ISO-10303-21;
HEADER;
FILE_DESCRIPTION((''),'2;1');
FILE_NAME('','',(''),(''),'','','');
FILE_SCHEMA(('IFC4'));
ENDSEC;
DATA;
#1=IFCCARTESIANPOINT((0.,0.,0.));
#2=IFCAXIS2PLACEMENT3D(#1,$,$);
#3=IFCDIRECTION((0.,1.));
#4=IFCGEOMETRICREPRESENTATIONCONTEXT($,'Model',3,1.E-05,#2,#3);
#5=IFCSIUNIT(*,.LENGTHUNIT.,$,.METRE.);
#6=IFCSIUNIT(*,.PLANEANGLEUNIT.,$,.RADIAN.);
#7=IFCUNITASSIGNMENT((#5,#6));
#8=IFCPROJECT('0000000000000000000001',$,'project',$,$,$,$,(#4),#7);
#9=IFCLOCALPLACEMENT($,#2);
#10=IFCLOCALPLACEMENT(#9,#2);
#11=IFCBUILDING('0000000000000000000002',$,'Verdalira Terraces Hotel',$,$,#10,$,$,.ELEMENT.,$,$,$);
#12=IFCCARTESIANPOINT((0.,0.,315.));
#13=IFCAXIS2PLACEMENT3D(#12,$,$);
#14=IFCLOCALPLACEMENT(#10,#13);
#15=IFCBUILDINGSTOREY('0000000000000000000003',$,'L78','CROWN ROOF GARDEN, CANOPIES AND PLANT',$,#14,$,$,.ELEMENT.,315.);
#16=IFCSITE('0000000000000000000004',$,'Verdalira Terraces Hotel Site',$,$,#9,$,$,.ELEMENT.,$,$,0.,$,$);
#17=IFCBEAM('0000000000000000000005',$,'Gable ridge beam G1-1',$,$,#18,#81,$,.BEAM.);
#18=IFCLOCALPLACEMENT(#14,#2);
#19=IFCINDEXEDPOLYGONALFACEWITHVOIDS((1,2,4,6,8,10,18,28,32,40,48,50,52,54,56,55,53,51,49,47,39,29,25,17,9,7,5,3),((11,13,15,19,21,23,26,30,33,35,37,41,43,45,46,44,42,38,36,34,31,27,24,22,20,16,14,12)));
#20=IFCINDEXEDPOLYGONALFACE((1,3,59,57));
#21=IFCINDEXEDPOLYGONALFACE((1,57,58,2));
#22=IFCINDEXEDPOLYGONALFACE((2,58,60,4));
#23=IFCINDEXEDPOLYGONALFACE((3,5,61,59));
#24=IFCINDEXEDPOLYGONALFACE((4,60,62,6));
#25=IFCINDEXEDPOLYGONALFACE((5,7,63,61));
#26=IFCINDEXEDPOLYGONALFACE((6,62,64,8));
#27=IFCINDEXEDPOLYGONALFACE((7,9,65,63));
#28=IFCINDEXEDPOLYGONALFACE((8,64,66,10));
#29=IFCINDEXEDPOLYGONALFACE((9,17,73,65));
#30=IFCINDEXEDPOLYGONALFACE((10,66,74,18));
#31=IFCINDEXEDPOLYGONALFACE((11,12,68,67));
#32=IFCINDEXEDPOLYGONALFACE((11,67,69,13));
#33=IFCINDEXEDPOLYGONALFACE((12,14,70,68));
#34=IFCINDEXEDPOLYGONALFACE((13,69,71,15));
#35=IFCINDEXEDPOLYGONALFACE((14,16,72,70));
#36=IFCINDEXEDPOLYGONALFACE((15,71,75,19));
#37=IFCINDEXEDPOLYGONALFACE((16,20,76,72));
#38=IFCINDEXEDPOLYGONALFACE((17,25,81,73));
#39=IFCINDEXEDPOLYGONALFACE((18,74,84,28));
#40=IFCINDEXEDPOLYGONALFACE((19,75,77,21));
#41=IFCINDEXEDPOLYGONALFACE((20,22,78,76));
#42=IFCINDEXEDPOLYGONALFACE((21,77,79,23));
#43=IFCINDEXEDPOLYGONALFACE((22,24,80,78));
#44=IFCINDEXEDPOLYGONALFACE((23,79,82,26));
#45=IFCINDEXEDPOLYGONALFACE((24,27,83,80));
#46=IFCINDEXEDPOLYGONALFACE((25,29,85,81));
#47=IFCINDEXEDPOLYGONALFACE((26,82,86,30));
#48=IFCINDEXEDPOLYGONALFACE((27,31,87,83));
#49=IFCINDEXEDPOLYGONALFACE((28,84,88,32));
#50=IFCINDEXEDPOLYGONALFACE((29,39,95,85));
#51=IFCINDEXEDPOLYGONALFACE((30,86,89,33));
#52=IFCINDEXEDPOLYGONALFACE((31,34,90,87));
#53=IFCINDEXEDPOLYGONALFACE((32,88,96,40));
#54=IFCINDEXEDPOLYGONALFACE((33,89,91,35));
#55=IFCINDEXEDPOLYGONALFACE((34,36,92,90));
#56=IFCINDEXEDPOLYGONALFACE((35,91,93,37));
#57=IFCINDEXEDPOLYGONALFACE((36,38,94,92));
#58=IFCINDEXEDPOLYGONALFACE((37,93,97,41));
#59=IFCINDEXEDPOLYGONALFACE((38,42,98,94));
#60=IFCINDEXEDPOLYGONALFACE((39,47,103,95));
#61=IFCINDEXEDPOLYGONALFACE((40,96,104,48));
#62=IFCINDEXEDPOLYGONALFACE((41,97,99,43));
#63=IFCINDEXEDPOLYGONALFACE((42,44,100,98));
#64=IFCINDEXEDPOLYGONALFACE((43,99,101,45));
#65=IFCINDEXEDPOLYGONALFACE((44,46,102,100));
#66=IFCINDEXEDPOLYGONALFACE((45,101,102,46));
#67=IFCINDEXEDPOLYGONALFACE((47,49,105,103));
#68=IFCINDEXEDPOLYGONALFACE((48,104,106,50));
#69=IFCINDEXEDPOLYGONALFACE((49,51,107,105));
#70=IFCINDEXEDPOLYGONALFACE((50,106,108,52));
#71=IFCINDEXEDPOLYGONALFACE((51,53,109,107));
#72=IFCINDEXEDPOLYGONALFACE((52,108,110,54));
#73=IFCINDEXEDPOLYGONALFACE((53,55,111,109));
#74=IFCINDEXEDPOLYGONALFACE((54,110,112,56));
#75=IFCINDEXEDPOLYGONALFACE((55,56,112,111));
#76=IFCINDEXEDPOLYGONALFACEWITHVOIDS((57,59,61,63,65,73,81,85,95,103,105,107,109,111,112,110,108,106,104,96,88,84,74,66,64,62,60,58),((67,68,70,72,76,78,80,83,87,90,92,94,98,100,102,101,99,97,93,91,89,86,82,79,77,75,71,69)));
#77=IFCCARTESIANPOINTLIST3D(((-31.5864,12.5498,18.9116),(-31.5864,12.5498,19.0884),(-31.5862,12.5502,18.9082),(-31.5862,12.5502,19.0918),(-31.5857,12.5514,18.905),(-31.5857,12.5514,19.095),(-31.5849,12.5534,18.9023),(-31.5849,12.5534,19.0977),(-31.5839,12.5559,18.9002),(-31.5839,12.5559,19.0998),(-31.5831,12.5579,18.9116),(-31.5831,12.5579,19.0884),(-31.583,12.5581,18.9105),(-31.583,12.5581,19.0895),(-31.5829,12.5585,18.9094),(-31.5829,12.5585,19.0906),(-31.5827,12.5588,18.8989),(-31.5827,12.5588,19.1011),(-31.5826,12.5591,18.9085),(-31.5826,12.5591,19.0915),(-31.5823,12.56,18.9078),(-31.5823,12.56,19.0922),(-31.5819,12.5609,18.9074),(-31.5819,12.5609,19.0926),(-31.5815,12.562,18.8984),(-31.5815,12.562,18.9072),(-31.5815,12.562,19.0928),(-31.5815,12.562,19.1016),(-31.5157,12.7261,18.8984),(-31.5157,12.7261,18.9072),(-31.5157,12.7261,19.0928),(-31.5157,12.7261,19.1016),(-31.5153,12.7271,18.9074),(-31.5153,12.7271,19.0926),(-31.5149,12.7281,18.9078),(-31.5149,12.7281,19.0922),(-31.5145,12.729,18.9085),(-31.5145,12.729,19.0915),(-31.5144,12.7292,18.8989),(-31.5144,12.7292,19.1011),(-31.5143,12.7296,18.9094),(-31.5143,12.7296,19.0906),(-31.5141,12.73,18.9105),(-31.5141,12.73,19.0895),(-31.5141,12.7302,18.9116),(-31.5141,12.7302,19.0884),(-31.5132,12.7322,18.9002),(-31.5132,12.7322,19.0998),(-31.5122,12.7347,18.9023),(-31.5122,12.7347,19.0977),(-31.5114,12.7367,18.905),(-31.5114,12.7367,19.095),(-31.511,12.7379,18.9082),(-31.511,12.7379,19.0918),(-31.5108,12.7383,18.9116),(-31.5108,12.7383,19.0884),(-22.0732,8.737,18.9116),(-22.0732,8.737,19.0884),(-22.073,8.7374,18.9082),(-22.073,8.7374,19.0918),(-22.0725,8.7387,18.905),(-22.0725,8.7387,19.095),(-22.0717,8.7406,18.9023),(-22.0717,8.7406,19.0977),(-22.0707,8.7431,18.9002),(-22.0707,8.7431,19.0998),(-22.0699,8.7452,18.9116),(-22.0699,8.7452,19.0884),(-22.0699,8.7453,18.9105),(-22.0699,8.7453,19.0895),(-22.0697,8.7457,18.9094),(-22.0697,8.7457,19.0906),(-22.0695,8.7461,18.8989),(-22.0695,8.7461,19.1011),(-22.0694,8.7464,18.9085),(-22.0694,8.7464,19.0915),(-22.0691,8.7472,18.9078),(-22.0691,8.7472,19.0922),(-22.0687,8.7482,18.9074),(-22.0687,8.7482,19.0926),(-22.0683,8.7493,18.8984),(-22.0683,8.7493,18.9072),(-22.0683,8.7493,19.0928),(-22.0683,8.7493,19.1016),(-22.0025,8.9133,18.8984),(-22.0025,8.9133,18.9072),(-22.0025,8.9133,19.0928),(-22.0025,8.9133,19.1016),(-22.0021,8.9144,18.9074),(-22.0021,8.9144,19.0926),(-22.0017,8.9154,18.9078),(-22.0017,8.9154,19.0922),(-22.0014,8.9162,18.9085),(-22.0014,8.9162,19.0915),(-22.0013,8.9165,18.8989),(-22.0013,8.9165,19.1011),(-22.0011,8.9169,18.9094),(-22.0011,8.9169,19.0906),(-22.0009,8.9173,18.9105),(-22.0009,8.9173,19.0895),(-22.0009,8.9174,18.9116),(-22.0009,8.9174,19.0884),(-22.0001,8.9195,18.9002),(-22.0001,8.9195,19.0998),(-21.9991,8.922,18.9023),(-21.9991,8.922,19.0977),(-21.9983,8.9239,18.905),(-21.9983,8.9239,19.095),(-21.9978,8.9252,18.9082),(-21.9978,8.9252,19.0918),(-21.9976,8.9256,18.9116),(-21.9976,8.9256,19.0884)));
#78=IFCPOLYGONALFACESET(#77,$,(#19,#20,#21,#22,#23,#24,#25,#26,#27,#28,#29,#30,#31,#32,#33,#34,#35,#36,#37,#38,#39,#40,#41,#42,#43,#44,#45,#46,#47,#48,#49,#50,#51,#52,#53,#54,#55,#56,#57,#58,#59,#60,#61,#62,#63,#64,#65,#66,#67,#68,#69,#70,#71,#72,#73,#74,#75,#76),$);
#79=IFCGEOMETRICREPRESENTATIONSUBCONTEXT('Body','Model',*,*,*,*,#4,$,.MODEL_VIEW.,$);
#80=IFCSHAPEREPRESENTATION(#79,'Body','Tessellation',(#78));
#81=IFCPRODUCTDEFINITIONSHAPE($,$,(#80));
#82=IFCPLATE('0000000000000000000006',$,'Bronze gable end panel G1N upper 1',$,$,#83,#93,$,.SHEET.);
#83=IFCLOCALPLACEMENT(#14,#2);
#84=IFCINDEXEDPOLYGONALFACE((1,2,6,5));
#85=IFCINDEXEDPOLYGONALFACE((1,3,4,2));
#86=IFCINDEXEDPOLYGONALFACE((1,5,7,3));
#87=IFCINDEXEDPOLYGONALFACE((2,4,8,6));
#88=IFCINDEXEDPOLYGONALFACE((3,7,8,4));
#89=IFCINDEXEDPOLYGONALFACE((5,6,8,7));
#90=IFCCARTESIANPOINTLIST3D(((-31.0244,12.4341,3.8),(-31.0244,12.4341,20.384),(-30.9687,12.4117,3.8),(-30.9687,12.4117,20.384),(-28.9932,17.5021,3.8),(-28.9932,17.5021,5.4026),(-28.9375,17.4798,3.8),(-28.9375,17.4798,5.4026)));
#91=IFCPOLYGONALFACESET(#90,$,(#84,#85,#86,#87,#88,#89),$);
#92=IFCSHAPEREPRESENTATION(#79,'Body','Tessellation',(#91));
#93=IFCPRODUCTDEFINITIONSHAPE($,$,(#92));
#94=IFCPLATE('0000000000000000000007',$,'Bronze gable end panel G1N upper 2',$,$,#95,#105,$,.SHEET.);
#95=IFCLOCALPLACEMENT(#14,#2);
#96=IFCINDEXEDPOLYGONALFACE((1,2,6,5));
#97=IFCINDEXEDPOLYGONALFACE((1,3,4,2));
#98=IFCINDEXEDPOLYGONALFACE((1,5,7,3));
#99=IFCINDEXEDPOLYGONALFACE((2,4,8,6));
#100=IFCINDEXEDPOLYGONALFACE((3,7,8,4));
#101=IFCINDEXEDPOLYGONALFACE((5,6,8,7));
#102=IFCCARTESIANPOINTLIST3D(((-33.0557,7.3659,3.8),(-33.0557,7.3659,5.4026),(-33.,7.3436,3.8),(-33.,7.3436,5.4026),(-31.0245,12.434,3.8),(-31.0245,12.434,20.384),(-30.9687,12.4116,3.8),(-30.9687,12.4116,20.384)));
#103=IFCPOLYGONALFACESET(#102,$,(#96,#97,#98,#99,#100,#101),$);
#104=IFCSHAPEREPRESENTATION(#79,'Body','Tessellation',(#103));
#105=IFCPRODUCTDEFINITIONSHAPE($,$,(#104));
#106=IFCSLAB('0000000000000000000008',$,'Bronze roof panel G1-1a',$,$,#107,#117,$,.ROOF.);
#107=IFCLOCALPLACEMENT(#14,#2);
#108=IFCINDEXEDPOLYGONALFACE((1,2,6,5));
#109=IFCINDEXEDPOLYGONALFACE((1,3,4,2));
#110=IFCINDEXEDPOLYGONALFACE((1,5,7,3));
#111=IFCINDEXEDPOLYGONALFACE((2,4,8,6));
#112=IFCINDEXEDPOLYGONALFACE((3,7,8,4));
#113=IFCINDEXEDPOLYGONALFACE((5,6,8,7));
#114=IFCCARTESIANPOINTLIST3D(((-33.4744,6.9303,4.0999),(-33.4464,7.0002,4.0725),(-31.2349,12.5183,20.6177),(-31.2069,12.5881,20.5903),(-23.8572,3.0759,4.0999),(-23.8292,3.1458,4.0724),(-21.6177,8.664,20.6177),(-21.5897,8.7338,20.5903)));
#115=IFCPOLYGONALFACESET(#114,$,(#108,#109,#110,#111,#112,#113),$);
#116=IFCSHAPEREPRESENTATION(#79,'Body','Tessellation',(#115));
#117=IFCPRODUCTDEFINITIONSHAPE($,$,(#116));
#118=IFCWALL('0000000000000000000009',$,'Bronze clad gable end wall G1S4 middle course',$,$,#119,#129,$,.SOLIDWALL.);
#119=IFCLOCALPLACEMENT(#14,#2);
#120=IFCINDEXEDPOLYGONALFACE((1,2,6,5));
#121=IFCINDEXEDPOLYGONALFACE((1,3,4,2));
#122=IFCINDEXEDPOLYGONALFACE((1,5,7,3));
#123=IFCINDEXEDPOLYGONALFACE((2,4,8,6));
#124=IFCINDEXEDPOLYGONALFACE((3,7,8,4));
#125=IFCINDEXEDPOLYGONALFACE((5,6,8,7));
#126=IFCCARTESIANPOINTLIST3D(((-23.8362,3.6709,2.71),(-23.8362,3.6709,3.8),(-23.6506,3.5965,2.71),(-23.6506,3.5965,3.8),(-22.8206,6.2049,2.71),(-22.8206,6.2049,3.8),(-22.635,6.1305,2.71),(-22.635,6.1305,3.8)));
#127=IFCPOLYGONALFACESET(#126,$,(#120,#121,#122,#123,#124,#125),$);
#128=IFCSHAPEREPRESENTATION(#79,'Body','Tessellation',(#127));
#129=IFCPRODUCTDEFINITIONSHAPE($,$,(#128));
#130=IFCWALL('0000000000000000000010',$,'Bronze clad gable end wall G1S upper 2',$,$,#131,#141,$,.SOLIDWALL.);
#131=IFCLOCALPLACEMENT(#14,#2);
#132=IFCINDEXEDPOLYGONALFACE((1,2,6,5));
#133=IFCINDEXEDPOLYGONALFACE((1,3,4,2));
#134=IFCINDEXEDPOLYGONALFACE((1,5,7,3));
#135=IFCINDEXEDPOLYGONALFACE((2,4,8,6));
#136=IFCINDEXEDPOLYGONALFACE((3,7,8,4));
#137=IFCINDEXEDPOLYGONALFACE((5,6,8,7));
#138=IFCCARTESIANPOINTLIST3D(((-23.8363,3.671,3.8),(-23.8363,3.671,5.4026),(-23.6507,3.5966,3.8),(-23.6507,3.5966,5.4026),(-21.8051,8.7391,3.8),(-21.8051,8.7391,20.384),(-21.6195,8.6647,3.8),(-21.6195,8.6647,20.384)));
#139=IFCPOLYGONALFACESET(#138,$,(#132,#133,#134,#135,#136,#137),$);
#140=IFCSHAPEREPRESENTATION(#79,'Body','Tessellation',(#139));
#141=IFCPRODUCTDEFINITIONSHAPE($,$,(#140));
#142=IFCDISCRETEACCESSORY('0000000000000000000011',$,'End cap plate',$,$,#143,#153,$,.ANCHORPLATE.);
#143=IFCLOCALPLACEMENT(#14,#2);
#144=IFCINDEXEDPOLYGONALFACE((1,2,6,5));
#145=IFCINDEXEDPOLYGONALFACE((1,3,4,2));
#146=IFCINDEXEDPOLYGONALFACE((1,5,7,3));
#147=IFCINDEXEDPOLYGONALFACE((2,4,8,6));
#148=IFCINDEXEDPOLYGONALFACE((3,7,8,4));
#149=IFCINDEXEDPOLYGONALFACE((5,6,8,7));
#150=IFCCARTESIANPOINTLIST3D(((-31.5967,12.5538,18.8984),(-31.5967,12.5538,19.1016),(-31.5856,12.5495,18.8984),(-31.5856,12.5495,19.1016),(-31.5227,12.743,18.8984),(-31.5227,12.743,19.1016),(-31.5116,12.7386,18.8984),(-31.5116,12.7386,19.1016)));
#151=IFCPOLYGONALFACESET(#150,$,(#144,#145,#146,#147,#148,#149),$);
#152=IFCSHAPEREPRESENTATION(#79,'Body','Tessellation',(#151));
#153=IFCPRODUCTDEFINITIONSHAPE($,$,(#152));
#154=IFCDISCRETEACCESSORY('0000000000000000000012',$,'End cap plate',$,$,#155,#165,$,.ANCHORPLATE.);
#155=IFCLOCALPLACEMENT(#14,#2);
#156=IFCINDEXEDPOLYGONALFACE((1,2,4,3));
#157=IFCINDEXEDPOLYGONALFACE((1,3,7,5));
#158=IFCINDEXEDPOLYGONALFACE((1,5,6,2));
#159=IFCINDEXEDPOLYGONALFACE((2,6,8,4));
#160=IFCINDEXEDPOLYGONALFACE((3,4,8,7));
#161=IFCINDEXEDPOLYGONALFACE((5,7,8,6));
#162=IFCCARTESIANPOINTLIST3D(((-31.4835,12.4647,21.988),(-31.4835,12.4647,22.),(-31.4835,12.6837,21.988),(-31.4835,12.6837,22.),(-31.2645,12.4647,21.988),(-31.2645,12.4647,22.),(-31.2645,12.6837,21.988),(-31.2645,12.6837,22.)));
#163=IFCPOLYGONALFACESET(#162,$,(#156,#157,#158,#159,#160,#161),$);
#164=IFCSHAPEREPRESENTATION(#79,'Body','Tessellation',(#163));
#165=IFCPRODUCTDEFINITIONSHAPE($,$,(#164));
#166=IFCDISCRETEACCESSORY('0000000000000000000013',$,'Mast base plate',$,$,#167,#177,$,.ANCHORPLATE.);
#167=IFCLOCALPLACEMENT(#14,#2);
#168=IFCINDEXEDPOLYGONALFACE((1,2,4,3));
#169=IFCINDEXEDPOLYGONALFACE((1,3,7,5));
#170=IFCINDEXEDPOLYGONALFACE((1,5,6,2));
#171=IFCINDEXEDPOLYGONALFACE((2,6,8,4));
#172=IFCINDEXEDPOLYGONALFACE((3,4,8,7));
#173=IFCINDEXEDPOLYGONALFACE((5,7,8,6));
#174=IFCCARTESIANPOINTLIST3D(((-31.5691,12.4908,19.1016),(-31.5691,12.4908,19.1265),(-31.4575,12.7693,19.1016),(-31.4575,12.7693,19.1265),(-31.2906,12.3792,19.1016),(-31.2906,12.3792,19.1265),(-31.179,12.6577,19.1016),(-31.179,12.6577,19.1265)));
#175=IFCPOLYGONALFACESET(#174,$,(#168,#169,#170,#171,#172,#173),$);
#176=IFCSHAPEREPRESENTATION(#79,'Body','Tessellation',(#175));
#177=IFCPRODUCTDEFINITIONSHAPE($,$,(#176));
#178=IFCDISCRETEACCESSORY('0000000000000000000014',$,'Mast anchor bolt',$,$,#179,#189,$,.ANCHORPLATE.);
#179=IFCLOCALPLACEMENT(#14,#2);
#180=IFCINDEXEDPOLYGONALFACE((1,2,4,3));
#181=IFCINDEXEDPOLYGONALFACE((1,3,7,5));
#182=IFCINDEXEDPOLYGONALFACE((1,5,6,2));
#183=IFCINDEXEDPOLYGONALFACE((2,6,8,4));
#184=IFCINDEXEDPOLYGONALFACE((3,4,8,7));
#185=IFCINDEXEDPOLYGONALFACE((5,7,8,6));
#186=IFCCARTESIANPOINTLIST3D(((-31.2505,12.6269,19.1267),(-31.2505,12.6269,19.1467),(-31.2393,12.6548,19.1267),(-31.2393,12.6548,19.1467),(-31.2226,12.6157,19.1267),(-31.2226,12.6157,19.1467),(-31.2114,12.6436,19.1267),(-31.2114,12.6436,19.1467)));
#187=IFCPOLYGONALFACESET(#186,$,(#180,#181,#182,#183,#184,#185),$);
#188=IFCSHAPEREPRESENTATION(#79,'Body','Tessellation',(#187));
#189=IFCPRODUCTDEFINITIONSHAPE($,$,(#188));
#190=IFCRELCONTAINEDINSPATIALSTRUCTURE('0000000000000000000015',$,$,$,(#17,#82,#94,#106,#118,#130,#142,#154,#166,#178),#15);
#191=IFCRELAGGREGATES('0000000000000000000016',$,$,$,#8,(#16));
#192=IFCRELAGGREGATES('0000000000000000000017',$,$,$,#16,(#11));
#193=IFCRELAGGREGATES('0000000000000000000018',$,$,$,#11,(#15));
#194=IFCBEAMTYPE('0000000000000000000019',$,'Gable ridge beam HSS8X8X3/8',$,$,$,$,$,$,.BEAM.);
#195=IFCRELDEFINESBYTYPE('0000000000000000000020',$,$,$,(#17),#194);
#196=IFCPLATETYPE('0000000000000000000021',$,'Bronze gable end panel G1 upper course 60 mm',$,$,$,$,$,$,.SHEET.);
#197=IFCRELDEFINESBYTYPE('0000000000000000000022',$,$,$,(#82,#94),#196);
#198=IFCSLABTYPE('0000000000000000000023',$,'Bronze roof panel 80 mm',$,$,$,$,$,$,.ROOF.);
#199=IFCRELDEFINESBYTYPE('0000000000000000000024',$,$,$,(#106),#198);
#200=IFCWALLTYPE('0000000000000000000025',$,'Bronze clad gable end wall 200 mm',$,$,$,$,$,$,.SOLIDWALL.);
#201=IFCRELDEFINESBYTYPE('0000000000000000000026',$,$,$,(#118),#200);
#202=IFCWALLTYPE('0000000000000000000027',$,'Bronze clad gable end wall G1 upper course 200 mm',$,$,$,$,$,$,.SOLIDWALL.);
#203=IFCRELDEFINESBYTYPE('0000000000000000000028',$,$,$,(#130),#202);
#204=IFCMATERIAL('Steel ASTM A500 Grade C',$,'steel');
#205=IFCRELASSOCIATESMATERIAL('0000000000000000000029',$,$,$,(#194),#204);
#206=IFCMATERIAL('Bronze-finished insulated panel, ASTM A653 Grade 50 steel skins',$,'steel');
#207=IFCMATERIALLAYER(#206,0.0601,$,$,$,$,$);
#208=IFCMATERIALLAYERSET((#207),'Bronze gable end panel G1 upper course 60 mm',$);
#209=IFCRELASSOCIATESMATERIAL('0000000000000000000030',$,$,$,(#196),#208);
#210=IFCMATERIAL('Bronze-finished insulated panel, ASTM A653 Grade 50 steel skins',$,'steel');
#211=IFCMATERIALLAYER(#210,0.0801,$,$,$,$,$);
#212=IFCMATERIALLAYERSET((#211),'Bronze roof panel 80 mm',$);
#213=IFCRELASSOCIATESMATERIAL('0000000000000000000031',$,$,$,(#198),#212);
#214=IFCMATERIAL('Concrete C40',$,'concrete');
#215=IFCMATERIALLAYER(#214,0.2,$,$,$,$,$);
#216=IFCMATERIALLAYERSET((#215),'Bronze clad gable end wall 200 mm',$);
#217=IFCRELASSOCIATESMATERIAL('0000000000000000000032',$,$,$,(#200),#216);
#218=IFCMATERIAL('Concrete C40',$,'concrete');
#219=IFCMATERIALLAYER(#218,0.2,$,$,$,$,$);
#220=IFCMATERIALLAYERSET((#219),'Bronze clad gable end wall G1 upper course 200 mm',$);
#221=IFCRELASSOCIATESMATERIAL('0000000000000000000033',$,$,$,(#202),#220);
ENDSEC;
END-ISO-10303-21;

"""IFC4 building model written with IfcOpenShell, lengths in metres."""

from ifc_helpers import new_model, si_unit, direction, frame, frame_2d, origin, origin_2d, place, context, subcontext, project, spatial, polyline, rectangle, hollow_rectangle, outline, extrude, material, layer, layer_set, material_profile, profile_set, type_object, element, save


model = new_model("IFC4")

# Units and contexts
model_context = context("Model", 3, precision=1e-05, world=origin(), true_north=direction((0.0, 1.0)))
body_context = subcontext(model_context, "Body", "Model", "MODEL_VIEW")
ifc_project = project(units=[si_unit("LENGTHUNIT", "METRE"), si_unit("PLANEANGLEUNIT", "RADIAN")], contexts=[model_context])

# Site, building, storey
site_placement = place(None, origin())
site = spatial("IfcSite", under=ifc_project, at=site_placement, Name="Verdalira Terraces Hotel Site", CompositionType="ELEMENT", RefElevation=0.0)
building_placement = place(site_placement, origin())
building = spatial("IfcBuilding", under=site, at=building_placement, Name="Verdalira Terraces Hotel", CompositionType="ELEMENT")
storey_placement = place(building_placement, frame((0.0, 0.0, 315.0)))
storey = spatial("IfcBuildingStorey", under=building, at=storey_placement, Name="L78", Description="CROWN ROOF GARDEN, CANOPIES AND PLANT", CompositionType="ELEMENT", Elevation=315.0)

# Beam
ifc_material_1 = material(Name="Steel ASTM A500 Grade C", Category="steel")
ifc_material_profile_1 = material_profile(ifc_material_1, hollow_rectangle(XDim=0.2031, YDim=0.2031, WallThickness=0.0088, InnerFilletRadius=0.0044, OuterFilletRadius=0.0132, at=origin_2d()), Name="HSS8X8X3/8")
ifc_profile_set_1 = profile_set([ifc_material_profile_1], Name="Steel ASTM A500 Grade C")
beam_type_1 = type_object("IfcBeamType", Name="Gable ridge beam HSS8X8X3/8", PredefinedType="BEAM", material=ifc_profile_set_1)
beam_1_placement = place(storey_placement, frame((-22.0354, 8.8313, 19.0), z_axis=(-0.928225, 0.372019, 0.0), x_axis=(-0.372019, -0.928225, 0.0)))
element("IfcBeam", 1, at=beam_1_placement, inside=storey, type_object=beam_type_1, Name="Gable ridge beam G1-1", PredefinedType="BEAM", context=body_context, shape_type="SweptSolid", body=[
    extrude(hollow_rectangle(XDim=0.2031, YDim=0.2031, WallThickness=0.0088, InnerFilletRadius=0.0044, OuterFilletRadius=0.0132, at=origin_2d()), origin(), (0.0, 0.0, 1.0), 10.2488),
])

# Plates
ifc_material_2 = material(Name="Bronze-finished insulated panel, ASTM A653 Grade 50 steel skins", Category="steel")
ifc_layer_1 = layer(ifc_material_2, 0.0601)
ifc_layer_set_1 = layer_set([ifc_layer_1], Name="Bronze gable end panel G1 upper course 60 mm")
plate_type = type_object("IfcPlateType", Name="Bronze gable end panel G1 upper course 60 mm", PredefinedType="SHEET", material=ifc_layer_set_1)
for number, where, z_axis, x_axis, name in (
    (2, (-28.9653, 17.491, 3.8), (0.0, 0.0, 1.0), (-0.372023, -0.928224, 0.0), "Bronze gable end panel G1N upper 1"),
    (3, (-33.0278, 7.3547, 3.8), (0.0, 0.0, 1.0), (0.372023, 0.928224, 0.0), "Bronze gable end panel G1N upper 2"),
):
    element("IfcPlate", number, at=place(storey_placement, frame(where, z_axis=z_axis, x_axis=x_axis)), inside=storey, type_object=plate_type, Name=name, PredefinedType="SHEET", context=body_context, shape_type="SweptSolid", body=[
        extrude(outline(polyline([(0.0, 0.0), (5.46, 0.0), (5.46, 16.584), (0.0, 1.6025), (0.0, 0.0)])), frame((0.0, 0.03, 0.0), z_axis=(0.0, -1.0, 0.0), x_axis=(1.0, 0.0, 0.0)), (0.0, 0.0, 1.0), 0.0601),
    ])

# Slab
ifc_material_3 = material(Name="Bronze-finished insulated panel, ASTM A653 Grade 50 steel skins", Category="steel")
ifc_layer_2 = layer(ifc_material_3, 0.0801)
ifc_layer_set_2 = layer_set([ifc_layer_2], Name="Bronze roof panel 80 mm")
slab_type = type_object("IfcSlabType", Name="Bronze roof panel 80 mm", PredefinedType="ROOF", material=ifc_layer_set_2)
slab_placement = place(storey_placement, frame((-23.8572, 3.0759, 4.0999), z_axis=(-0.349524, -0.872111, 0.342426), x_axis=(-0.928227, 0.372015, 0.000004)))
element("IfcSlab", 4, at=slab_placement, inside=storey, type_object=slab_type, Name="Bronze roof panel G1-1a", PredefinedType="ROOF", context=body_context, shape_type="SweptSolid", body=[
    extrude(outline(polyline([(0.0, 0.0), (10.3609, 0.0), (10.3609, -17.5806), (0.0002, -17.5807), (0.0, 0.0)])), origin(), (0.0, 0.0, -1.0), 0.0801),
])

# Walls
ifc_material_4 = material(Name="Concrete C40", Category="concrete")
ifc_layer_3 = layer(ifc_material_4, 0.2)
ifc_layer_set_3 = layer_set([ifc_layer_3], Name="Bronze clad gable end wall 200 mm")
wall_type_1 = type_object("IfcWallType", Name="Bronze clad gable end wall 200 mm", PredefinedType="SOLIDWALL", material=ifc_layer_set_3)
wall_1_placement = place(storey_placement, frame((-22.7278, 6.1677, 2.71), z_axis=(0.0, 0.0, 1.0), x_axis=(-0.372038, -0.928217, 0.0)))
element("IfcWall", 5, at=wall_1_placement, inside=storey, type_object=wall_type_1, Name="Bronze clad gable end wall G1S4 middle course", PredefinedType="SOLIDWALL", context=body_context, shape_type="SweptSolid", body=[
    extrude(rectangle(XDim=2.73, YDim=0.2, at=frame_2d((1.365, 0.0))), origin(), (0.0, 0.0, 1.0), 1.0901),
])
ifc_material_5 = material(Name="Concrete C40", Category="concrete")
ifc_layer_4 = layer(ifc_material_5, 0.2)
ifc_layer_set_4 = layer_set([ifc_layer_4], Name="Bronze clad gable end wall G1 upper course 200 mm")
wall_type_2 = type_object("IfcWallType", Name="Bronze clad gable end wall G1 upper course 200 mm", PredefinedType="SOLIDWALL", material=ifc_layer_set_4)
wall_2_placement = place(storey_placement, frame((-23.7434, 3.6338, 3.8), z_axis=(0.0, 0.0, 1.0), x_axis=(0.372023, 0.928224, 0.0)))
element("IfcWall", 6, at=wall_2_placement, inside=storey, type_object=wall_type_2, Name="Bronze clad gable end wall G1S upper 2", PredefinedType="SOLIDWALL", context=body_context, shape_type="SweptSolid", body=[
    extrude(outline(polyline([(0.0, 0.0), (5.46, 0.0), (5.46, 16.584), (0.0, 1.6025), (0.0, 0.0)])), frame((0.0, 0.1001, 0.0), z_axis=(0.0, -1.0, 0.0), x_axis=(1.0, 0.0, 0.0)), (0.0, 0.0, 1.0), 0.2),
])

# Discrete accessories
discrete_accessory_1_placement = place(storey_placement, frame((-31.5486, 12.644, 19.0), z_axis=(-0.931243, 0.364399, 0.0), x_axis=(-0.364399, -0.931243, 0.0)))
element("IfcDiscreteAccessory", 7, at=discrete_accessory_1_placement, inside=storey, Name="End cap plate", PredefinedType="ANCHORPLATE", context=body_context, shape_type="SweptSolid", body=[
    extrude(rectangle(XDim=0.2031, YDim=0.2031, at=origin_2d()), origin(), (0.0, 0.0, 1.0), 0.012),
])
discrete_accessory_2_placement = place(storey_placement, frame((-31.374, 12.5742, 21.988), z_axis=(0.0, 0.0, 1.0), x_axis=(1.0, 0.0, 0.0)))
element("IfcDiscreteAccessory", 8, at=discrete_accessory_2_placement, inside=storey, Name="End cap plate", PredefinedType="ANCHORPLATE", context=body_context, shape_type="SweptSolid", body=[
    extrude(rectangle(XDim=0.219, YDim=0.219, at=origin_2d()), origin(), (0.0, 0.0, 1.0), 0.012),
])
discrete_accessory_3_placement = place(storey_placement, frame((-31.374, 12.5742, 19.1016), z_axis=(0.0, 0.0, 1.0), x_axis=(-0.928226, 0.372016, 0.0)))
element("IfcDiscreteAccessory", 9, at=discrete_accessory_3_placement, inside=storey, Name="Mast base plate", PredefinedType="ANCHORPLATE", context=body_context, shape_type="SweptSolid", body=[
    extrude(rectangle(XDim=0.3, YDim=0.3, at=origin_2d()), origin(), (0.0, 0.0, 1.0), 0.0249),
])
for number, where, z_axis, x_axis, name in (
    (10, (-31.231, 12.6353, 19.1267), (0.0, 0.0, 1.0), (-0.928226, 0.372016, 0.0), "Mast anchor bolt"),
):
    element("IfcDiscreteAccessory", number, at=place(storey_placement, frame(where, z_axis=z_axis, x_axis=x_axis)), inside=storey, Name=name, PredefinedType="ANCHORPLATE", context=body_context, shape_type="SweptSolid", body=[
        extrude(rectangle(XDim=0.03, YDim=0.03, at=origin_2d()), origin(), (0.0, 0.0, 1.0), 0.02),
    ])

save(model, "model.ifc")
